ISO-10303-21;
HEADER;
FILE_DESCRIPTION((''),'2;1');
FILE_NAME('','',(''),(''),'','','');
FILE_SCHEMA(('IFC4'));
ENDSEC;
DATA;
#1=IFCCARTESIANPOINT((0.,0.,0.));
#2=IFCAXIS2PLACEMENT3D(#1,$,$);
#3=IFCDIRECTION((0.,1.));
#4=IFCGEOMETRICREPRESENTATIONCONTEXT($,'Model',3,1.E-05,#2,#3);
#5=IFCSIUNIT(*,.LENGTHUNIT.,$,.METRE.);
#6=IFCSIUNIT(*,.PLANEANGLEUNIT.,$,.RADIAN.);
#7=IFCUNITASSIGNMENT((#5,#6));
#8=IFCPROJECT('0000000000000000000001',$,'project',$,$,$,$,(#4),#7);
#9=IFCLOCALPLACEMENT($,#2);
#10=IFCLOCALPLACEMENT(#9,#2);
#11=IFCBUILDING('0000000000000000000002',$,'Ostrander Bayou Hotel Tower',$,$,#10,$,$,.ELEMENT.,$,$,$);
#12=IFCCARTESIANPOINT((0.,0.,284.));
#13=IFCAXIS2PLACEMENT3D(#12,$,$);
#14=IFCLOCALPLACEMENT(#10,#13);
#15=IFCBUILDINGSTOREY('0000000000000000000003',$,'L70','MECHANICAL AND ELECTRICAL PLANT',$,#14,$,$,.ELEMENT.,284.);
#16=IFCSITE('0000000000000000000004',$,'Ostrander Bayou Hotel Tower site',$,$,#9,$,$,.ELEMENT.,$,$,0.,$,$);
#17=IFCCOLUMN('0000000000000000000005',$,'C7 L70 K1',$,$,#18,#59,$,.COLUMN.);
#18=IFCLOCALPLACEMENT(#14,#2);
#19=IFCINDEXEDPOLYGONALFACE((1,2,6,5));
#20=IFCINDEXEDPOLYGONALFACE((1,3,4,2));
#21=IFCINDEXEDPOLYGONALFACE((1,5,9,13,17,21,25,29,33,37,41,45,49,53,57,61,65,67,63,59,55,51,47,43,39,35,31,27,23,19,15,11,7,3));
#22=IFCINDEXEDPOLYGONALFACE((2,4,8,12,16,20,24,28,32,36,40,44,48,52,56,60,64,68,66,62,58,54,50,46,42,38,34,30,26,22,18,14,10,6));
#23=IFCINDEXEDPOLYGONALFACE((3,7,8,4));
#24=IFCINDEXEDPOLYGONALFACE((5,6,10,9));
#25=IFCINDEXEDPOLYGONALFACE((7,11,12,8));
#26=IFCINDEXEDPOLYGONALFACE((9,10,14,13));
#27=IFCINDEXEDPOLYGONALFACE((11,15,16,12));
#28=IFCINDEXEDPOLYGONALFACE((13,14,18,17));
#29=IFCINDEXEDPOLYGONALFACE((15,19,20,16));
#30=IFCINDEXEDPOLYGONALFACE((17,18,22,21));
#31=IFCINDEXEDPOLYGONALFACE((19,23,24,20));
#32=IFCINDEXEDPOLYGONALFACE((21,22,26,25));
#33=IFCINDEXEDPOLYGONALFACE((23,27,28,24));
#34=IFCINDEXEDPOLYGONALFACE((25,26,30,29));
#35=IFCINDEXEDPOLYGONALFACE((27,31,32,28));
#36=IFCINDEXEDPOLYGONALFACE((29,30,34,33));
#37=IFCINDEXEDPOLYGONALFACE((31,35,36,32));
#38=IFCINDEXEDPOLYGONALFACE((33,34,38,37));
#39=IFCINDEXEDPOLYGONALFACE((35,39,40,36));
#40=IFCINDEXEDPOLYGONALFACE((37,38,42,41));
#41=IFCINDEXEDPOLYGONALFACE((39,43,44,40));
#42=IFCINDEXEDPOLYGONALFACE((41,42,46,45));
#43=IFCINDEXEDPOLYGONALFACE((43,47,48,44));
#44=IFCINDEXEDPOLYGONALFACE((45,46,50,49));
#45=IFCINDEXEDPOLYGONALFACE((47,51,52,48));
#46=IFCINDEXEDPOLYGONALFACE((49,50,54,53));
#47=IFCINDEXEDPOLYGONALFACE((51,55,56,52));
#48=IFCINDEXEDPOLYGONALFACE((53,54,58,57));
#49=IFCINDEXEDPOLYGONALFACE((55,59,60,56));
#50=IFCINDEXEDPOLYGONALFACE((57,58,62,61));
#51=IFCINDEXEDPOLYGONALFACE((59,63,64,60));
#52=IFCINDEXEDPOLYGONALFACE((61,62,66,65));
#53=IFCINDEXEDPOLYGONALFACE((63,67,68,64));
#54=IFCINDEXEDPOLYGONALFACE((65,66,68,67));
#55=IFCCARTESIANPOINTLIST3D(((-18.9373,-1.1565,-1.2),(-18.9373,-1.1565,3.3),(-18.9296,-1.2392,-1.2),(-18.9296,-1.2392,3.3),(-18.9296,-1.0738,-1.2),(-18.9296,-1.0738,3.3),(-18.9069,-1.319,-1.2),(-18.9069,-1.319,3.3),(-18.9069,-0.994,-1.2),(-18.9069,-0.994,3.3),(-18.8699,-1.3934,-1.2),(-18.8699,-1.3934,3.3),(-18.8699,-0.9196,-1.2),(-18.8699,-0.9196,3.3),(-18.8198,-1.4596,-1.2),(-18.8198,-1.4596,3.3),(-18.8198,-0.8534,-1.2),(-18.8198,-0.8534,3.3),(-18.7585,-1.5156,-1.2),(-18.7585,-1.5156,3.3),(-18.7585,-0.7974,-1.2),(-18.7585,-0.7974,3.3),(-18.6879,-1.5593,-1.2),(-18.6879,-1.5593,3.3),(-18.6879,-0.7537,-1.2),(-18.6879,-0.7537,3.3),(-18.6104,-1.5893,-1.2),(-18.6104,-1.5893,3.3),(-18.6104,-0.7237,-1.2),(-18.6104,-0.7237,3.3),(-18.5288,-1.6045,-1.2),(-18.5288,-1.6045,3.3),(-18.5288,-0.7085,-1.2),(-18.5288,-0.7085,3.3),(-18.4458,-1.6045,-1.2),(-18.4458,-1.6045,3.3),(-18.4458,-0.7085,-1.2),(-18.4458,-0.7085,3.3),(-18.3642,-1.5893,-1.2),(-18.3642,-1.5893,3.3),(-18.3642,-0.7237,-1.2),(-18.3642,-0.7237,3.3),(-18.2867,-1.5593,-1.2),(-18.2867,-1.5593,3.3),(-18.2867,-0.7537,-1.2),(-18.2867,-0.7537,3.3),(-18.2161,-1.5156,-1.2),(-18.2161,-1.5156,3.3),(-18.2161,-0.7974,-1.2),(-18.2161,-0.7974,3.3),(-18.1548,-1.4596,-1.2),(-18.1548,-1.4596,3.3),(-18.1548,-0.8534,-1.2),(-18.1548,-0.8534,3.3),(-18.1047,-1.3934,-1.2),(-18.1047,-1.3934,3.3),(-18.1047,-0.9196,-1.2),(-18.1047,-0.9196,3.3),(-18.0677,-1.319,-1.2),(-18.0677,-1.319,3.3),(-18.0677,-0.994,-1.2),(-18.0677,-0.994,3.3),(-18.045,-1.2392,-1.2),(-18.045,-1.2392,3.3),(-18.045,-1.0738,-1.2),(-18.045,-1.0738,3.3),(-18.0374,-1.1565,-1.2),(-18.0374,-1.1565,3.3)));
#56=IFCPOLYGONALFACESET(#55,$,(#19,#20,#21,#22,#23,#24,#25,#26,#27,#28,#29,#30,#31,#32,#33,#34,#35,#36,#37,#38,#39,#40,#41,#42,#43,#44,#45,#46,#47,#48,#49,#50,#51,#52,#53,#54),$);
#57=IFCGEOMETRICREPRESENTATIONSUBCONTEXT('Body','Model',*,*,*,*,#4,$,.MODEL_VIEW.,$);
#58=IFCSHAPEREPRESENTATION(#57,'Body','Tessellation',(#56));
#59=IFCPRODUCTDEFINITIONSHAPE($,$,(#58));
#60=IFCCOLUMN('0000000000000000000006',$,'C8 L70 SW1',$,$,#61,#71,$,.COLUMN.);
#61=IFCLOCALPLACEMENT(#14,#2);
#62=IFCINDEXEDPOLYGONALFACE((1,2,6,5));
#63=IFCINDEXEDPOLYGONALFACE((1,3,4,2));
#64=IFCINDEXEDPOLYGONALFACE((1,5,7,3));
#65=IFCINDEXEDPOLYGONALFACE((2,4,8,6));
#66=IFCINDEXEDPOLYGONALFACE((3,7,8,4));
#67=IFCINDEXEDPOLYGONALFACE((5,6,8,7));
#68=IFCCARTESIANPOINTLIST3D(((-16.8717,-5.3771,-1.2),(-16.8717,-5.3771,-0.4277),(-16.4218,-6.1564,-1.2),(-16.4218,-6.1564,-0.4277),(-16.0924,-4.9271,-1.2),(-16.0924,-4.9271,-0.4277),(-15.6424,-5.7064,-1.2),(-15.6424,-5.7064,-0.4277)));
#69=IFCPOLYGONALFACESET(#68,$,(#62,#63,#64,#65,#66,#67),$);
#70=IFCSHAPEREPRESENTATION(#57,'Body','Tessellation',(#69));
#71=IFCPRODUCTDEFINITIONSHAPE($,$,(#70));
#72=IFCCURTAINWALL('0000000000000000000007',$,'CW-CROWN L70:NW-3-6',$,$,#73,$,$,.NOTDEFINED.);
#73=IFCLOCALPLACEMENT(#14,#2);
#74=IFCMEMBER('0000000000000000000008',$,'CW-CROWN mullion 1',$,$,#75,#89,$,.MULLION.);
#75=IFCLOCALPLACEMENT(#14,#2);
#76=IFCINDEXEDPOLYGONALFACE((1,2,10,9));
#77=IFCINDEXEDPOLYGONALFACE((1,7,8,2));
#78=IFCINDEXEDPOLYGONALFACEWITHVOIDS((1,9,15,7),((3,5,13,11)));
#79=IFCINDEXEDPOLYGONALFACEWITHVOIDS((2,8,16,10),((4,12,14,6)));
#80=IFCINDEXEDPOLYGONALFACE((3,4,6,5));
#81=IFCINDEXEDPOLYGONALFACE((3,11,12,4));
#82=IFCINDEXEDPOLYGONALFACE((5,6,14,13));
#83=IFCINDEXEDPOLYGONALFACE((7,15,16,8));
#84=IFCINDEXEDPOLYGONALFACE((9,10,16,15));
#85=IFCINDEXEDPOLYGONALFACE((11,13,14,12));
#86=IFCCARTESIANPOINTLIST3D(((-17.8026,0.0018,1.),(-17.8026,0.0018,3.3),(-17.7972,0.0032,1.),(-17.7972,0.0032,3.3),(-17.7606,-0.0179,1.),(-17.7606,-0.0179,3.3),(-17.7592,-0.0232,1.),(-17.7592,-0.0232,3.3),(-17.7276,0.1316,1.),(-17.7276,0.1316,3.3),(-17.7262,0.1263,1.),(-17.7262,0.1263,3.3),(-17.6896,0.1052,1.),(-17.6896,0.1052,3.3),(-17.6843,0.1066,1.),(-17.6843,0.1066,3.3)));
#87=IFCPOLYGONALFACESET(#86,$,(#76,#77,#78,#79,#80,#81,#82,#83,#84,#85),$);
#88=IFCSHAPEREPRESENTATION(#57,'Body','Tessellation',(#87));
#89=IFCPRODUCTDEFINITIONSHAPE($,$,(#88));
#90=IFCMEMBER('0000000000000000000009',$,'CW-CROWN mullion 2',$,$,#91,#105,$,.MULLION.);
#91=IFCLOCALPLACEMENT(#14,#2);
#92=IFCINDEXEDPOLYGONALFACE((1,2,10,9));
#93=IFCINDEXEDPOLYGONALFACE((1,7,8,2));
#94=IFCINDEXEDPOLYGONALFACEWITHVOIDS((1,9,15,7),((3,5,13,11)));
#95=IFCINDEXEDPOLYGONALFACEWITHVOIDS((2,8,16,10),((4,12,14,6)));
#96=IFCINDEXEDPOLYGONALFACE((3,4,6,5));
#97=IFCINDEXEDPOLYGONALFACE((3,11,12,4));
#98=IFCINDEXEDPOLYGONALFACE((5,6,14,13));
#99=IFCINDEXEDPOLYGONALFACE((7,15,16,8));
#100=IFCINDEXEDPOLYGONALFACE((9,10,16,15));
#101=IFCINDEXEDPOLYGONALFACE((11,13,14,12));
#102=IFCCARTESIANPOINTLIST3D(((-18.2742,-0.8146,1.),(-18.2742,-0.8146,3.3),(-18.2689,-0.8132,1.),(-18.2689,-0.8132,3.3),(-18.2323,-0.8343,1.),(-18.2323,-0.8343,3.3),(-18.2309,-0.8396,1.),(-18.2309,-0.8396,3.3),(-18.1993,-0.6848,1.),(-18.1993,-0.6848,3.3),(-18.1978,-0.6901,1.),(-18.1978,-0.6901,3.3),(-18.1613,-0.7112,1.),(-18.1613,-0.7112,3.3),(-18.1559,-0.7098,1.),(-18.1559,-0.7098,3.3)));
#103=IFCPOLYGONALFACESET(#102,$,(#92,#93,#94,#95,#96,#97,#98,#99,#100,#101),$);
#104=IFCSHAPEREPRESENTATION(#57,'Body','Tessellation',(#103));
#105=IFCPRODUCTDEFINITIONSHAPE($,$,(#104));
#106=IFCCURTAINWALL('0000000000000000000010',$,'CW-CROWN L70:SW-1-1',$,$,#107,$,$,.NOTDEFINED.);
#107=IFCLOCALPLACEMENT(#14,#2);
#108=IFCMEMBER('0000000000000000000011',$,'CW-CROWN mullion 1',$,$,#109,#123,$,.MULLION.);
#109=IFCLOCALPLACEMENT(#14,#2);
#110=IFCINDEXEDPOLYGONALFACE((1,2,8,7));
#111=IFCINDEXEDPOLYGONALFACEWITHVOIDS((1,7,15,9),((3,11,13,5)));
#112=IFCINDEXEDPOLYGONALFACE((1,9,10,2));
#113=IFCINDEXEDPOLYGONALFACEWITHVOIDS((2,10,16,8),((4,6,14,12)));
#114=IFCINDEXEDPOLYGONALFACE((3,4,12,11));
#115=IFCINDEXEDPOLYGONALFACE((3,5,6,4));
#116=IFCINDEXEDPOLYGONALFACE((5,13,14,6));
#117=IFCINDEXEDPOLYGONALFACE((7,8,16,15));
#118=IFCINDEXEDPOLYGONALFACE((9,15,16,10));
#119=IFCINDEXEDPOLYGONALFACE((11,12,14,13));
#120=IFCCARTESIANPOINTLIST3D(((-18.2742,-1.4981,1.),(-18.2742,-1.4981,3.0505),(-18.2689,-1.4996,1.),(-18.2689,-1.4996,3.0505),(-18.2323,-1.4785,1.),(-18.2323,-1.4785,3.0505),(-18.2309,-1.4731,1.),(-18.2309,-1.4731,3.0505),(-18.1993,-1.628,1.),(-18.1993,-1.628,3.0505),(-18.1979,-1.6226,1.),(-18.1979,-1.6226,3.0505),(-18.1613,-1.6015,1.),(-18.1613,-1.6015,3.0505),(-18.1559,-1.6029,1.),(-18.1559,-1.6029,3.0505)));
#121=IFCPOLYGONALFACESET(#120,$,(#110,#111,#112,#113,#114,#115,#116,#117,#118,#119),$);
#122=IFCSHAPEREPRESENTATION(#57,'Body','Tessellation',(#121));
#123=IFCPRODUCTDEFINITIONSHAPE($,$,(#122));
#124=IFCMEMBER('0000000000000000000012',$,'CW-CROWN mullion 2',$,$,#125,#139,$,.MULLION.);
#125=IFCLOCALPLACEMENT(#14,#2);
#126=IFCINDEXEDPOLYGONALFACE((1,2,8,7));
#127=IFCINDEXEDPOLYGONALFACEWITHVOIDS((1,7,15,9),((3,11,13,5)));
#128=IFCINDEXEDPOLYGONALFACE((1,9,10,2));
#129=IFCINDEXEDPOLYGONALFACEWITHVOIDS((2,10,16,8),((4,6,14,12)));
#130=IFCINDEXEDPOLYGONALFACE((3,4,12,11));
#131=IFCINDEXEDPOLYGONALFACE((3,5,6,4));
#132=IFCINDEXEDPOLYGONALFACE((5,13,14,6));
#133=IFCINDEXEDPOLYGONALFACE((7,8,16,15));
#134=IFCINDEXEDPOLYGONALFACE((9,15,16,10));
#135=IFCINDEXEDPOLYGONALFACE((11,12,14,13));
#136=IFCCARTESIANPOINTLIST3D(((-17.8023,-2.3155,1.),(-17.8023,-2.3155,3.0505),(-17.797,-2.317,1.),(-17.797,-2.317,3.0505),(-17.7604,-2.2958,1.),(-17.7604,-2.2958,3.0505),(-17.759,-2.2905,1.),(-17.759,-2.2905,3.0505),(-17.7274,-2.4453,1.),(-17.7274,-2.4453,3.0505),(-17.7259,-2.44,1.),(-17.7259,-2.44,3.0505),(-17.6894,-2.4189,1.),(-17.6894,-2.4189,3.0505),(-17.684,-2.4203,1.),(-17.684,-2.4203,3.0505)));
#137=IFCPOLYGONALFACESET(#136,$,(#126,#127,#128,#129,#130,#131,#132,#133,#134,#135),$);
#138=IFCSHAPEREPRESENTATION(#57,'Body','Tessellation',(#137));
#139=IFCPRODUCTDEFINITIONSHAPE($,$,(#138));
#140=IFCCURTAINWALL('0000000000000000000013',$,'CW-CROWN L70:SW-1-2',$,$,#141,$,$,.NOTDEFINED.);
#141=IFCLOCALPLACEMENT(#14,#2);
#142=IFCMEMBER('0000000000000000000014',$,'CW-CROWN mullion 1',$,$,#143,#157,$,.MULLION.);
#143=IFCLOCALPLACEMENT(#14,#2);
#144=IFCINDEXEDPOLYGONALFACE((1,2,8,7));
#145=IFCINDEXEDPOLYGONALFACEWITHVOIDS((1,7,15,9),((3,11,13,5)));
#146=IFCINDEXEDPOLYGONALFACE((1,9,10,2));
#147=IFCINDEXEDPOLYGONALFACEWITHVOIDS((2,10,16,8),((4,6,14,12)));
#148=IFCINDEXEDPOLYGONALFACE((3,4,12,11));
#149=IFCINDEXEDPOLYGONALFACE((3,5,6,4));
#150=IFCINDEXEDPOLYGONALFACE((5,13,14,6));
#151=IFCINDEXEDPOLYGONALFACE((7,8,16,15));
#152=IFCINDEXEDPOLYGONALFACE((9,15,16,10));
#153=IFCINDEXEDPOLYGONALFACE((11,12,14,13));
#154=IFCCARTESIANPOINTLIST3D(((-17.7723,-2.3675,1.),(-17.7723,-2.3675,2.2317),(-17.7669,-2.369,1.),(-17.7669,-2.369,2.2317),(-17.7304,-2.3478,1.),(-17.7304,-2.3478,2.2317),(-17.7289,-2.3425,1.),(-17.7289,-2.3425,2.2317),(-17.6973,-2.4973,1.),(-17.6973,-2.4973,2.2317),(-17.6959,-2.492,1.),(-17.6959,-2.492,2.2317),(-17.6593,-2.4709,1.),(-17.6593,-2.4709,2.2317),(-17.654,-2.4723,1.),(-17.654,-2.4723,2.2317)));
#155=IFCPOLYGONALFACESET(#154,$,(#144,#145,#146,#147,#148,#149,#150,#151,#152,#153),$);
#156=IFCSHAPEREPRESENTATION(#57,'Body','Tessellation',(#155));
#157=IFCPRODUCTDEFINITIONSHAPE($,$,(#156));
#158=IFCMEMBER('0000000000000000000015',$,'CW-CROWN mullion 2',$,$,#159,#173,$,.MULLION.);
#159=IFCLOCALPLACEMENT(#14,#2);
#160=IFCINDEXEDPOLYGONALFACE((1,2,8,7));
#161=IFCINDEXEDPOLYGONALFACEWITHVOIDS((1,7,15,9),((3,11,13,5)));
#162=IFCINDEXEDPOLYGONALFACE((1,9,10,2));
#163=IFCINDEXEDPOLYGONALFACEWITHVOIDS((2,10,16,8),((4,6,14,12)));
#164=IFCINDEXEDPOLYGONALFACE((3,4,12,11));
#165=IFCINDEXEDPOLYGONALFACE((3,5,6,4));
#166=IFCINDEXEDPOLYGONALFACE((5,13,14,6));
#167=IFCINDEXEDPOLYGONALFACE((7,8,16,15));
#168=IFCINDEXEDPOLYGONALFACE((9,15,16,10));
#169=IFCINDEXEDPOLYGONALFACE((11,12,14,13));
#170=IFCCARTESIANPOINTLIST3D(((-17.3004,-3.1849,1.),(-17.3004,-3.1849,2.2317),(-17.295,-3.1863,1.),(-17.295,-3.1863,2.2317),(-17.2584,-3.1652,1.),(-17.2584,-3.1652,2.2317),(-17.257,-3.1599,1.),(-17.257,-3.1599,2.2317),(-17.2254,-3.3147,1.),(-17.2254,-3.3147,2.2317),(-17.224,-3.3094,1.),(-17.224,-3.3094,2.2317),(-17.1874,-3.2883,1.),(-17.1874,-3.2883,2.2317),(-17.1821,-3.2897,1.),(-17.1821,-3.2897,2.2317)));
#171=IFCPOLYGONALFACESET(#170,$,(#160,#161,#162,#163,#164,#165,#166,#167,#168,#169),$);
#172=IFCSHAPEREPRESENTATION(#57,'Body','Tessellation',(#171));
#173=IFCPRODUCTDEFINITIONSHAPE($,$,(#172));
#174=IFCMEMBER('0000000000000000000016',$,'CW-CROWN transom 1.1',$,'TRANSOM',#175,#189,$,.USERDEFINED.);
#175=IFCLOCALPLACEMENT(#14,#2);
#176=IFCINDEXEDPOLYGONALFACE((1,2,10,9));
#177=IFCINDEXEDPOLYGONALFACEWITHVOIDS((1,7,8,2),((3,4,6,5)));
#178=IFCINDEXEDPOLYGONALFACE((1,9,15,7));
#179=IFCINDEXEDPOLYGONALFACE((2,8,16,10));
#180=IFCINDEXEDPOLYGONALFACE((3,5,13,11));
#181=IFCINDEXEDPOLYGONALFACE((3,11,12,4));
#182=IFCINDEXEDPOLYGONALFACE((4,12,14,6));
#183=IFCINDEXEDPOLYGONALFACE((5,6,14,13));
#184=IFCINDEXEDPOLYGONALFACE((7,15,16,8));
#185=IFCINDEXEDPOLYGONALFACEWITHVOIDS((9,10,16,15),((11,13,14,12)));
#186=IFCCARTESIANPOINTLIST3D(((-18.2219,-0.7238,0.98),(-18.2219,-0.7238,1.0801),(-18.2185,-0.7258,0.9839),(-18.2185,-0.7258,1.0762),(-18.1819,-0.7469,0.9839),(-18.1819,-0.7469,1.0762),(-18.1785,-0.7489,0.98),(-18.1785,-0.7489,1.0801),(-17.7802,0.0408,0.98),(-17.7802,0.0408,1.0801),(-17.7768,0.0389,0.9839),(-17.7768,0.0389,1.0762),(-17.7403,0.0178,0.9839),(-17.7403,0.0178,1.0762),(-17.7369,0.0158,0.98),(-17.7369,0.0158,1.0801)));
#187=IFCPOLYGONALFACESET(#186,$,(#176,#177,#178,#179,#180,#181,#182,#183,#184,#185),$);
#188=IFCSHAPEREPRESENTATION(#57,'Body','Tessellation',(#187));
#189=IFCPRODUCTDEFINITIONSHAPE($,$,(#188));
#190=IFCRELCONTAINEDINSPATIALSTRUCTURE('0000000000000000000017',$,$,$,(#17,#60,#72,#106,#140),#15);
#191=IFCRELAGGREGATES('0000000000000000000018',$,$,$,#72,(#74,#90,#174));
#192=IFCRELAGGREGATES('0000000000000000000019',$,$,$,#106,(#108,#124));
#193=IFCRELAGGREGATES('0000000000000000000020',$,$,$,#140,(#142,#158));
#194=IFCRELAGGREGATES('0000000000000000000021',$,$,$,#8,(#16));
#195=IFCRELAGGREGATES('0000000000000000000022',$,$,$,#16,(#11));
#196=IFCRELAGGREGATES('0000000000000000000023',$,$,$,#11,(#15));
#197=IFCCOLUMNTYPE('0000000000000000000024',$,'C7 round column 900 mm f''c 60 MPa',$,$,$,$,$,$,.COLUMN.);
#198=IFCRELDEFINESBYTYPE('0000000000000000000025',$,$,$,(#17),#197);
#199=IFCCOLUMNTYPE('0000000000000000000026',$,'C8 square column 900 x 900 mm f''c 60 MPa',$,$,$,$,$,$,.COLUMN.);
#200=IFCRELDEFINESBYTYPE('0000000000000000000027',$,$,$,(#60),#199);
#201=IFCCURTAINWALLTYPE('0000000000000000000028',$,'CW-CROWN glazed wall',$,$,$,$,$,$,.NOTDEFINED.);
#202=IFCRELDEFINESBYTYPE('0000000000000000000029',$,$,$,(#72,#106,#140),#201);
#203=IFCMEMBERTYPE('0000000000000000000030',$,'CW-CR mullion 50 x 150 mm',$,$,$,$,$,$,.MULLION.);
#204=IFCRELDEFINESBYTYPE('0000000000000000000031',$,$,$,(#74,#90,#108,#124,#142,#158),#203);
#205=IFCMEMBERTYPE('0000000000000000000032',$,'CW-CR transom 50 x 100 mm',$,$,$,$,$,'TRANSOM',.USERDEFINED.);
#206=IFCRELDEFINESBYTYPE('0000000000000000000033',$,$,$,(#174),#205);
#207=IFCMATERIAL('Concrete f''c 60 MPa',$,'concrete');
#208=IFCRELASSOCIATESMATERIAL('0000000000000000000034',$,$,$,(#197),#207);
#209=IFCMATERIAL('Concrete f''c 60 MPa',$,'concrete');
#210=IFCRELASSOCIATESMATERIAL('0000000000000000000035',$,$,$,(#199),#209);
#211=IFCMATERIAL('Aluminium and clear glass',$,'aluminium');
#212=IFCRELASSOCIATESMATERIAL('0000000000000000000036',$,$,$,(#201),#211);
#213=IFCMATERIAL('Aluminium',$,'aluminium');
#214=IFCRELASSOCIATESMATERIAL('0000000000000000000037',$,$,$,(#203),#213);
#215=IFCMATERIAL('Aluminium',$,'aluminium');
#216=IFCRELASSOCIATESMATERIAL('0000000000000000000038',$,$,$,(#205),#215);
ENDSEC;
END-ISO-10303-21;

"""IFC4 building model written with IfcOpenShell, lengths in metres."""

from ifc_helpers import new_model, si_unit, direction, frame, origin, origin_2d, place, context, subcontext, project, spatial, rectangle, hollow_rectangle, circle, extrude, material, material_profile, profile_set, type_object, element, aggregate, save


model = new_model("IFC4")

# Units and contexts
model_context = context("Model", 3, precision=1e-05, world=origin(), true_north=direction((0.0, 1.0)))
body_context = subcontext(model_context, "Body", "Model", "MODEL_VIEW")
ifc_project = project(units=[si_unit("LENGTHUNIT", "METRE"), si_unit("PLANEANGLEUNIT", "RADIAN")], contexts=[model_context])

# Site, building, storey
site_placement = place(None, origin())
site = spatial("IfcSite", under=ifc_project, at=site_placement, Name="Ostrander Bayou Hotel Tower site", CompositionType="ELEMENT", RefElevation=0.0)
building_placement = place(site_placement, origin())
building = spatial("IfcBuilding", under=site, at=building_placement, Name="Ostrander Bayou Hotel Tower", CompositionType="ELEMENT")
storey_placement = place(building_placement, frame((0.0, 0.0, 284.0)))
storey = spatial("IfcBuildingStorey", under=building, at=storey_placement, Name="L70", Description="MECHANICAL AND ELECTRICAL PLANT", CompositionType="ELEMENT", Elevation=284.0)

# Columns
ifc_material_1 = material(Name="Concrete f'c 60 MPa", Category="concrete")
ifc_material_profile_1 = material_profile(ifc_material_1, circle(Radius=0.45, at=origin_2d()))
ifc_profile_set_1 = profile_set([ifc_material_profile_1], Name="Concrete f'c 60 MPa")
column_type_1 = type_object("IfcColumnType", Name="C7 round column 900 mm f'c 60 MPa", PredefinedType="COLUMN", material=ifc_profile_set_1)
column_1_placement = place(storey_placement, frame((-18.4873, -1.1565, -1.2), z_axis=(0.0, 0.0, 1.0), x_axis=(1.0, 0.0, 0.0)))
element("IfcColumn", 1, at=column_1_placement, inside=storey, type_object=column_type_1, Name="C7 L70 K1", PredefinedType="COLUMN", context=body_context, shape_type="SweptSolid", body=[
    extrude(circle(Radius=0.45, at=origin_2d()), origin(), (0.0, 0.0, 1.0), 4.5),
])
ifc_material_2 = material(Name="Concrete f'c 60 MPa", Category="concrete")
ifc_material_profile_2 = material_profile(ifc_material_2, rectangle(XDim=0.8999, YDim=0.8999, at=origin_2d()))
ifc_profile_set_2 = profile_set([ifc_material_profile_2], Name="Concrete f'c 60 MPa")
column_type_2 = type_object("IfcColumnType", Name="C8 square column 900 x 900 mm f'c 60 MPa", PredefinedType="COLUMN", material=ifc_profile_set_2)
column_2_placement = place(storey_placement, frame((-16.2571, -5.5417, -1.2), z_axis=(0.0, 0.0, 1.0), x_axis=(-0.5, 0.866025, 0.0)))
element("IfcColumn", 2, at=column_2_placement, inside=storey, type_object=column_type_2, Name="C8 L70 SW1", PredefinedType="COLUMN", context=body_context, shape_type="SweptSolid", body=[
    extrude(rectangle(XDim=0.8999, YDim=0.8999, at=origin_2d()), origin(), (0.0, 0.0, 1.0), 0.7722),
])

# Curtain walls, members
ifc_material_3 = material(Name="Aluminium and clear glass", Category="aluminium")
curtain_wall_type = type_object("IfcCurtainWallType", Name="CW-CROWN glazed wall", PredefinedType="NOTDEFINED", material=ifc_material_3)
curtain_wall_1_placement = place(storey_placement, origin())
curtain_wall_1 = element("IfcCurtainWall", 3, at=curtain_wall_1_placement, inside=storey, type_object=curtain_wall_type, Name="CW-CROWN L70:NW-3-6", PredefinedType="NOTDEFINED")
ifc_material_4 = material(Name="Aluminium", Category="aluminium")
ifc_material_profile_3 = material_profile(ifc_material_4, hollow_rectangle(XDim=0.05, YDim=0.1499, WallThickness=0.0039, at=origin_2d()))
ifc_profile_set_3 = profile_set([ifc_material_profile_3], Name="Aluminium")
member_type_1 = type_object("IfcMemberType", Name="CW-CR mullion 50 x 150 mm", PredefinedType="MULLION", material=ifc_profile_set_3)
member_1_placement = place(storey_placement, frame((-17.7434, 0.0542, 1.0), z_axis=(0.0, 0.0, 1.0), x_axis=(0.865976, -0.500085, 0.0)))
member_1 = element("IfcMember", 4, at=member_1_placement, type_object=member_type_1, Name="CW-CROWN mullion 1", PredefinedType="MULLION", context=body_context, shape_type="SweptSolid", body=[
    extrude(hollow_rectangle(XDim=0.05, YDim=0.1499, WallThickness=0.0039, at=origin_2d()), origin(), (0.0, 0.0, 1.0), 2.3),
])
member_2_placement = place(storey_placement, frame((-18.2151, -0.7622, 1.0), z_axis=(0.0, 0.0, 1.0), x_axis=(0.865976, -0.500085, 0.0)))
member_2 = element("IfcMember", 5, at=member_2_placement, type_object=member_type_1, Name="CW-CROWN mullion 2", PredefinedType="MULLION", context=body_context, shape_type="SweptSolid", body=[
    extrude(hollow_rectangle(XDim=0.05, YDim=0.1499, WallThickness=0.0039, at=origin_2d()), origin(), (0.0, 0.0, 1.0), 2.3),
])
curtain_wall_2_placement = place(storey_placement, origin())
curtain_wall_2 = element("IfcCurtainWall", 6, at=curtain_wall_2_placement, inside=storey, type_object=curtain_wall_type, Name="CW-CROWN L70:SW-1-1", PredefinedType="NOTDEFINED")
member_3_placement = place(storey_placement, frame((-18.2151, -1.5505, 1.0), z_axis=(0.0, 0.0, 1.0), x_axis=(0.866046, 0.499964, 0.0)))
member_3 = element("IfcMember", 7, at=member_3_placement, type_object=member_type_1, Name="CW-CROWN mullion 1", PredefinedType="MULLION", context=body_context, shape_type="SweptSolid", body=[
    extrude(hollow_rectangle(XDim=0.05, YDim=0.1499, WallThickness=0.0039, at=origin_2d()), origin(), (0.0, 0.0, 1.0), 2.0505),
])
member_4_placement = place(storey_placement, frame((-17.7432, -2.3679, 1.0), z_axis=(0.0, 0.0, 1.0), x_axis=(0.866046, 0.499964, 0.0)))
member_4 = element("IfcMember", 8, at=member_4_placement, type_object=member_type_1, Name="CW-CROWN mullion 2", PredefinedType="MULLION", context=body_context, shape_type="SweptSolid", body=[
    extrude(hollow_rectangle(XDim=0.05, YDim=0.1499, WallThickness=0.0039, at=origin_2d()), origin(), (0.0, 0.0, 1.0), 2.0505),
])
curtain_wall_3_placement = place(storey_placement, origin())
curtain_wall_3 = element("IfcCurtainWall", 9, at=curtain_wall_3_placement, inside=storey, type_object=curtain_wall_type, Name="CW-CROWN L70:SW-1-2", PredefinedType="NOTDEFINED")
member_5_placement = place(storey_placement, frame((-17.7131, -2.4199, 1.0), z_axis=(0.0, 0.0, 1.0), x_axis=(0.866021, 0.500007, 0.0)))
member_5 = element("IfcMember", 10, at=member_5_placement, type_object=member_type_1, Name="CW-CROWN mullion 1", PredefinedType="MULLION", context=body_context, shape_type="SweptSolid", body=[
    extrude(hollow_rectangle(XDim=0.05, YDim=0.1499, WallThickness=0.0039, at=origin_2d()), origin(), (0.0, 0.0, 1.0), 1.2317),
])
member_6_placement = place(storey_placement, frame((-17.2412, -3.2373, 1.0), z_axis=(0.0, 0.0, 1.0), x_axis=(0.866021, 0.500007, 0.0)))
member_6 = element("IfcMember", 11, at=member_6_placement, type_object=member_type_1, Name="CW-CROWN mullion 2", PredefinedType="MULLION", context=body_context, shape_type="SweptSolid", body=[
    extrude(hollow_rectangle(XDim=0.05, YDim=0.1499, WallThickness=0.0039, at=origin_2d()), origin(), (0.0, 0.0, 1.0), 1.2317),
])

# Member
ifc_material_5 = material(Name="Aluminium", Category="aluminium")
ifc_material_profile_4 = material_profile(ifc_material_5, hollow_rectangle(XDim=0.05, YDim=0.1001, WallThickness=0.0039, at=origin_2d()))
ifc_profile_set_4 = profile_set([ifc_material_profile_4], Name="Aluminium")
member_type_2 = type_object("IfcMemberType", Name="CW-CR transom 50 x 100 mm", ElementType="TRANSOM", PredefinedType="USERDEFINED", material=ifc_profile_set_4)
member_7_placement = place(storey_placement, frame((-17.7585, 0.0283, 1.03), z_axis=(-0.500153, -0.865937, 0.0), x_axis=(0.865937, -0.500153, 0.0)))
member_7 = element("IfcMember", 12, at=member_7_placement, type_object=member_type_2, Name="CW-CROWN transom 1.1", ObjectType="TRANSOM", PredefinedType="USERDEFINED", context=body_context, shape_type="SweptSolid", body=[
    extrude(hollow_rectangle(XDim=0.05, YDim=0.1001, WallThickness=0.0039, at=origin_2d()), origin(), (0.0, 0.0, 1.0), 0.8831),
])

aggregate(curtain_wall_1, [member_1, member_2, member_7])
aggregate(curtain_wall_2, [member_3, member_4])
aggregate(curtain_wall_3, [member_5, member_6])

save(model, "model.ifc")
